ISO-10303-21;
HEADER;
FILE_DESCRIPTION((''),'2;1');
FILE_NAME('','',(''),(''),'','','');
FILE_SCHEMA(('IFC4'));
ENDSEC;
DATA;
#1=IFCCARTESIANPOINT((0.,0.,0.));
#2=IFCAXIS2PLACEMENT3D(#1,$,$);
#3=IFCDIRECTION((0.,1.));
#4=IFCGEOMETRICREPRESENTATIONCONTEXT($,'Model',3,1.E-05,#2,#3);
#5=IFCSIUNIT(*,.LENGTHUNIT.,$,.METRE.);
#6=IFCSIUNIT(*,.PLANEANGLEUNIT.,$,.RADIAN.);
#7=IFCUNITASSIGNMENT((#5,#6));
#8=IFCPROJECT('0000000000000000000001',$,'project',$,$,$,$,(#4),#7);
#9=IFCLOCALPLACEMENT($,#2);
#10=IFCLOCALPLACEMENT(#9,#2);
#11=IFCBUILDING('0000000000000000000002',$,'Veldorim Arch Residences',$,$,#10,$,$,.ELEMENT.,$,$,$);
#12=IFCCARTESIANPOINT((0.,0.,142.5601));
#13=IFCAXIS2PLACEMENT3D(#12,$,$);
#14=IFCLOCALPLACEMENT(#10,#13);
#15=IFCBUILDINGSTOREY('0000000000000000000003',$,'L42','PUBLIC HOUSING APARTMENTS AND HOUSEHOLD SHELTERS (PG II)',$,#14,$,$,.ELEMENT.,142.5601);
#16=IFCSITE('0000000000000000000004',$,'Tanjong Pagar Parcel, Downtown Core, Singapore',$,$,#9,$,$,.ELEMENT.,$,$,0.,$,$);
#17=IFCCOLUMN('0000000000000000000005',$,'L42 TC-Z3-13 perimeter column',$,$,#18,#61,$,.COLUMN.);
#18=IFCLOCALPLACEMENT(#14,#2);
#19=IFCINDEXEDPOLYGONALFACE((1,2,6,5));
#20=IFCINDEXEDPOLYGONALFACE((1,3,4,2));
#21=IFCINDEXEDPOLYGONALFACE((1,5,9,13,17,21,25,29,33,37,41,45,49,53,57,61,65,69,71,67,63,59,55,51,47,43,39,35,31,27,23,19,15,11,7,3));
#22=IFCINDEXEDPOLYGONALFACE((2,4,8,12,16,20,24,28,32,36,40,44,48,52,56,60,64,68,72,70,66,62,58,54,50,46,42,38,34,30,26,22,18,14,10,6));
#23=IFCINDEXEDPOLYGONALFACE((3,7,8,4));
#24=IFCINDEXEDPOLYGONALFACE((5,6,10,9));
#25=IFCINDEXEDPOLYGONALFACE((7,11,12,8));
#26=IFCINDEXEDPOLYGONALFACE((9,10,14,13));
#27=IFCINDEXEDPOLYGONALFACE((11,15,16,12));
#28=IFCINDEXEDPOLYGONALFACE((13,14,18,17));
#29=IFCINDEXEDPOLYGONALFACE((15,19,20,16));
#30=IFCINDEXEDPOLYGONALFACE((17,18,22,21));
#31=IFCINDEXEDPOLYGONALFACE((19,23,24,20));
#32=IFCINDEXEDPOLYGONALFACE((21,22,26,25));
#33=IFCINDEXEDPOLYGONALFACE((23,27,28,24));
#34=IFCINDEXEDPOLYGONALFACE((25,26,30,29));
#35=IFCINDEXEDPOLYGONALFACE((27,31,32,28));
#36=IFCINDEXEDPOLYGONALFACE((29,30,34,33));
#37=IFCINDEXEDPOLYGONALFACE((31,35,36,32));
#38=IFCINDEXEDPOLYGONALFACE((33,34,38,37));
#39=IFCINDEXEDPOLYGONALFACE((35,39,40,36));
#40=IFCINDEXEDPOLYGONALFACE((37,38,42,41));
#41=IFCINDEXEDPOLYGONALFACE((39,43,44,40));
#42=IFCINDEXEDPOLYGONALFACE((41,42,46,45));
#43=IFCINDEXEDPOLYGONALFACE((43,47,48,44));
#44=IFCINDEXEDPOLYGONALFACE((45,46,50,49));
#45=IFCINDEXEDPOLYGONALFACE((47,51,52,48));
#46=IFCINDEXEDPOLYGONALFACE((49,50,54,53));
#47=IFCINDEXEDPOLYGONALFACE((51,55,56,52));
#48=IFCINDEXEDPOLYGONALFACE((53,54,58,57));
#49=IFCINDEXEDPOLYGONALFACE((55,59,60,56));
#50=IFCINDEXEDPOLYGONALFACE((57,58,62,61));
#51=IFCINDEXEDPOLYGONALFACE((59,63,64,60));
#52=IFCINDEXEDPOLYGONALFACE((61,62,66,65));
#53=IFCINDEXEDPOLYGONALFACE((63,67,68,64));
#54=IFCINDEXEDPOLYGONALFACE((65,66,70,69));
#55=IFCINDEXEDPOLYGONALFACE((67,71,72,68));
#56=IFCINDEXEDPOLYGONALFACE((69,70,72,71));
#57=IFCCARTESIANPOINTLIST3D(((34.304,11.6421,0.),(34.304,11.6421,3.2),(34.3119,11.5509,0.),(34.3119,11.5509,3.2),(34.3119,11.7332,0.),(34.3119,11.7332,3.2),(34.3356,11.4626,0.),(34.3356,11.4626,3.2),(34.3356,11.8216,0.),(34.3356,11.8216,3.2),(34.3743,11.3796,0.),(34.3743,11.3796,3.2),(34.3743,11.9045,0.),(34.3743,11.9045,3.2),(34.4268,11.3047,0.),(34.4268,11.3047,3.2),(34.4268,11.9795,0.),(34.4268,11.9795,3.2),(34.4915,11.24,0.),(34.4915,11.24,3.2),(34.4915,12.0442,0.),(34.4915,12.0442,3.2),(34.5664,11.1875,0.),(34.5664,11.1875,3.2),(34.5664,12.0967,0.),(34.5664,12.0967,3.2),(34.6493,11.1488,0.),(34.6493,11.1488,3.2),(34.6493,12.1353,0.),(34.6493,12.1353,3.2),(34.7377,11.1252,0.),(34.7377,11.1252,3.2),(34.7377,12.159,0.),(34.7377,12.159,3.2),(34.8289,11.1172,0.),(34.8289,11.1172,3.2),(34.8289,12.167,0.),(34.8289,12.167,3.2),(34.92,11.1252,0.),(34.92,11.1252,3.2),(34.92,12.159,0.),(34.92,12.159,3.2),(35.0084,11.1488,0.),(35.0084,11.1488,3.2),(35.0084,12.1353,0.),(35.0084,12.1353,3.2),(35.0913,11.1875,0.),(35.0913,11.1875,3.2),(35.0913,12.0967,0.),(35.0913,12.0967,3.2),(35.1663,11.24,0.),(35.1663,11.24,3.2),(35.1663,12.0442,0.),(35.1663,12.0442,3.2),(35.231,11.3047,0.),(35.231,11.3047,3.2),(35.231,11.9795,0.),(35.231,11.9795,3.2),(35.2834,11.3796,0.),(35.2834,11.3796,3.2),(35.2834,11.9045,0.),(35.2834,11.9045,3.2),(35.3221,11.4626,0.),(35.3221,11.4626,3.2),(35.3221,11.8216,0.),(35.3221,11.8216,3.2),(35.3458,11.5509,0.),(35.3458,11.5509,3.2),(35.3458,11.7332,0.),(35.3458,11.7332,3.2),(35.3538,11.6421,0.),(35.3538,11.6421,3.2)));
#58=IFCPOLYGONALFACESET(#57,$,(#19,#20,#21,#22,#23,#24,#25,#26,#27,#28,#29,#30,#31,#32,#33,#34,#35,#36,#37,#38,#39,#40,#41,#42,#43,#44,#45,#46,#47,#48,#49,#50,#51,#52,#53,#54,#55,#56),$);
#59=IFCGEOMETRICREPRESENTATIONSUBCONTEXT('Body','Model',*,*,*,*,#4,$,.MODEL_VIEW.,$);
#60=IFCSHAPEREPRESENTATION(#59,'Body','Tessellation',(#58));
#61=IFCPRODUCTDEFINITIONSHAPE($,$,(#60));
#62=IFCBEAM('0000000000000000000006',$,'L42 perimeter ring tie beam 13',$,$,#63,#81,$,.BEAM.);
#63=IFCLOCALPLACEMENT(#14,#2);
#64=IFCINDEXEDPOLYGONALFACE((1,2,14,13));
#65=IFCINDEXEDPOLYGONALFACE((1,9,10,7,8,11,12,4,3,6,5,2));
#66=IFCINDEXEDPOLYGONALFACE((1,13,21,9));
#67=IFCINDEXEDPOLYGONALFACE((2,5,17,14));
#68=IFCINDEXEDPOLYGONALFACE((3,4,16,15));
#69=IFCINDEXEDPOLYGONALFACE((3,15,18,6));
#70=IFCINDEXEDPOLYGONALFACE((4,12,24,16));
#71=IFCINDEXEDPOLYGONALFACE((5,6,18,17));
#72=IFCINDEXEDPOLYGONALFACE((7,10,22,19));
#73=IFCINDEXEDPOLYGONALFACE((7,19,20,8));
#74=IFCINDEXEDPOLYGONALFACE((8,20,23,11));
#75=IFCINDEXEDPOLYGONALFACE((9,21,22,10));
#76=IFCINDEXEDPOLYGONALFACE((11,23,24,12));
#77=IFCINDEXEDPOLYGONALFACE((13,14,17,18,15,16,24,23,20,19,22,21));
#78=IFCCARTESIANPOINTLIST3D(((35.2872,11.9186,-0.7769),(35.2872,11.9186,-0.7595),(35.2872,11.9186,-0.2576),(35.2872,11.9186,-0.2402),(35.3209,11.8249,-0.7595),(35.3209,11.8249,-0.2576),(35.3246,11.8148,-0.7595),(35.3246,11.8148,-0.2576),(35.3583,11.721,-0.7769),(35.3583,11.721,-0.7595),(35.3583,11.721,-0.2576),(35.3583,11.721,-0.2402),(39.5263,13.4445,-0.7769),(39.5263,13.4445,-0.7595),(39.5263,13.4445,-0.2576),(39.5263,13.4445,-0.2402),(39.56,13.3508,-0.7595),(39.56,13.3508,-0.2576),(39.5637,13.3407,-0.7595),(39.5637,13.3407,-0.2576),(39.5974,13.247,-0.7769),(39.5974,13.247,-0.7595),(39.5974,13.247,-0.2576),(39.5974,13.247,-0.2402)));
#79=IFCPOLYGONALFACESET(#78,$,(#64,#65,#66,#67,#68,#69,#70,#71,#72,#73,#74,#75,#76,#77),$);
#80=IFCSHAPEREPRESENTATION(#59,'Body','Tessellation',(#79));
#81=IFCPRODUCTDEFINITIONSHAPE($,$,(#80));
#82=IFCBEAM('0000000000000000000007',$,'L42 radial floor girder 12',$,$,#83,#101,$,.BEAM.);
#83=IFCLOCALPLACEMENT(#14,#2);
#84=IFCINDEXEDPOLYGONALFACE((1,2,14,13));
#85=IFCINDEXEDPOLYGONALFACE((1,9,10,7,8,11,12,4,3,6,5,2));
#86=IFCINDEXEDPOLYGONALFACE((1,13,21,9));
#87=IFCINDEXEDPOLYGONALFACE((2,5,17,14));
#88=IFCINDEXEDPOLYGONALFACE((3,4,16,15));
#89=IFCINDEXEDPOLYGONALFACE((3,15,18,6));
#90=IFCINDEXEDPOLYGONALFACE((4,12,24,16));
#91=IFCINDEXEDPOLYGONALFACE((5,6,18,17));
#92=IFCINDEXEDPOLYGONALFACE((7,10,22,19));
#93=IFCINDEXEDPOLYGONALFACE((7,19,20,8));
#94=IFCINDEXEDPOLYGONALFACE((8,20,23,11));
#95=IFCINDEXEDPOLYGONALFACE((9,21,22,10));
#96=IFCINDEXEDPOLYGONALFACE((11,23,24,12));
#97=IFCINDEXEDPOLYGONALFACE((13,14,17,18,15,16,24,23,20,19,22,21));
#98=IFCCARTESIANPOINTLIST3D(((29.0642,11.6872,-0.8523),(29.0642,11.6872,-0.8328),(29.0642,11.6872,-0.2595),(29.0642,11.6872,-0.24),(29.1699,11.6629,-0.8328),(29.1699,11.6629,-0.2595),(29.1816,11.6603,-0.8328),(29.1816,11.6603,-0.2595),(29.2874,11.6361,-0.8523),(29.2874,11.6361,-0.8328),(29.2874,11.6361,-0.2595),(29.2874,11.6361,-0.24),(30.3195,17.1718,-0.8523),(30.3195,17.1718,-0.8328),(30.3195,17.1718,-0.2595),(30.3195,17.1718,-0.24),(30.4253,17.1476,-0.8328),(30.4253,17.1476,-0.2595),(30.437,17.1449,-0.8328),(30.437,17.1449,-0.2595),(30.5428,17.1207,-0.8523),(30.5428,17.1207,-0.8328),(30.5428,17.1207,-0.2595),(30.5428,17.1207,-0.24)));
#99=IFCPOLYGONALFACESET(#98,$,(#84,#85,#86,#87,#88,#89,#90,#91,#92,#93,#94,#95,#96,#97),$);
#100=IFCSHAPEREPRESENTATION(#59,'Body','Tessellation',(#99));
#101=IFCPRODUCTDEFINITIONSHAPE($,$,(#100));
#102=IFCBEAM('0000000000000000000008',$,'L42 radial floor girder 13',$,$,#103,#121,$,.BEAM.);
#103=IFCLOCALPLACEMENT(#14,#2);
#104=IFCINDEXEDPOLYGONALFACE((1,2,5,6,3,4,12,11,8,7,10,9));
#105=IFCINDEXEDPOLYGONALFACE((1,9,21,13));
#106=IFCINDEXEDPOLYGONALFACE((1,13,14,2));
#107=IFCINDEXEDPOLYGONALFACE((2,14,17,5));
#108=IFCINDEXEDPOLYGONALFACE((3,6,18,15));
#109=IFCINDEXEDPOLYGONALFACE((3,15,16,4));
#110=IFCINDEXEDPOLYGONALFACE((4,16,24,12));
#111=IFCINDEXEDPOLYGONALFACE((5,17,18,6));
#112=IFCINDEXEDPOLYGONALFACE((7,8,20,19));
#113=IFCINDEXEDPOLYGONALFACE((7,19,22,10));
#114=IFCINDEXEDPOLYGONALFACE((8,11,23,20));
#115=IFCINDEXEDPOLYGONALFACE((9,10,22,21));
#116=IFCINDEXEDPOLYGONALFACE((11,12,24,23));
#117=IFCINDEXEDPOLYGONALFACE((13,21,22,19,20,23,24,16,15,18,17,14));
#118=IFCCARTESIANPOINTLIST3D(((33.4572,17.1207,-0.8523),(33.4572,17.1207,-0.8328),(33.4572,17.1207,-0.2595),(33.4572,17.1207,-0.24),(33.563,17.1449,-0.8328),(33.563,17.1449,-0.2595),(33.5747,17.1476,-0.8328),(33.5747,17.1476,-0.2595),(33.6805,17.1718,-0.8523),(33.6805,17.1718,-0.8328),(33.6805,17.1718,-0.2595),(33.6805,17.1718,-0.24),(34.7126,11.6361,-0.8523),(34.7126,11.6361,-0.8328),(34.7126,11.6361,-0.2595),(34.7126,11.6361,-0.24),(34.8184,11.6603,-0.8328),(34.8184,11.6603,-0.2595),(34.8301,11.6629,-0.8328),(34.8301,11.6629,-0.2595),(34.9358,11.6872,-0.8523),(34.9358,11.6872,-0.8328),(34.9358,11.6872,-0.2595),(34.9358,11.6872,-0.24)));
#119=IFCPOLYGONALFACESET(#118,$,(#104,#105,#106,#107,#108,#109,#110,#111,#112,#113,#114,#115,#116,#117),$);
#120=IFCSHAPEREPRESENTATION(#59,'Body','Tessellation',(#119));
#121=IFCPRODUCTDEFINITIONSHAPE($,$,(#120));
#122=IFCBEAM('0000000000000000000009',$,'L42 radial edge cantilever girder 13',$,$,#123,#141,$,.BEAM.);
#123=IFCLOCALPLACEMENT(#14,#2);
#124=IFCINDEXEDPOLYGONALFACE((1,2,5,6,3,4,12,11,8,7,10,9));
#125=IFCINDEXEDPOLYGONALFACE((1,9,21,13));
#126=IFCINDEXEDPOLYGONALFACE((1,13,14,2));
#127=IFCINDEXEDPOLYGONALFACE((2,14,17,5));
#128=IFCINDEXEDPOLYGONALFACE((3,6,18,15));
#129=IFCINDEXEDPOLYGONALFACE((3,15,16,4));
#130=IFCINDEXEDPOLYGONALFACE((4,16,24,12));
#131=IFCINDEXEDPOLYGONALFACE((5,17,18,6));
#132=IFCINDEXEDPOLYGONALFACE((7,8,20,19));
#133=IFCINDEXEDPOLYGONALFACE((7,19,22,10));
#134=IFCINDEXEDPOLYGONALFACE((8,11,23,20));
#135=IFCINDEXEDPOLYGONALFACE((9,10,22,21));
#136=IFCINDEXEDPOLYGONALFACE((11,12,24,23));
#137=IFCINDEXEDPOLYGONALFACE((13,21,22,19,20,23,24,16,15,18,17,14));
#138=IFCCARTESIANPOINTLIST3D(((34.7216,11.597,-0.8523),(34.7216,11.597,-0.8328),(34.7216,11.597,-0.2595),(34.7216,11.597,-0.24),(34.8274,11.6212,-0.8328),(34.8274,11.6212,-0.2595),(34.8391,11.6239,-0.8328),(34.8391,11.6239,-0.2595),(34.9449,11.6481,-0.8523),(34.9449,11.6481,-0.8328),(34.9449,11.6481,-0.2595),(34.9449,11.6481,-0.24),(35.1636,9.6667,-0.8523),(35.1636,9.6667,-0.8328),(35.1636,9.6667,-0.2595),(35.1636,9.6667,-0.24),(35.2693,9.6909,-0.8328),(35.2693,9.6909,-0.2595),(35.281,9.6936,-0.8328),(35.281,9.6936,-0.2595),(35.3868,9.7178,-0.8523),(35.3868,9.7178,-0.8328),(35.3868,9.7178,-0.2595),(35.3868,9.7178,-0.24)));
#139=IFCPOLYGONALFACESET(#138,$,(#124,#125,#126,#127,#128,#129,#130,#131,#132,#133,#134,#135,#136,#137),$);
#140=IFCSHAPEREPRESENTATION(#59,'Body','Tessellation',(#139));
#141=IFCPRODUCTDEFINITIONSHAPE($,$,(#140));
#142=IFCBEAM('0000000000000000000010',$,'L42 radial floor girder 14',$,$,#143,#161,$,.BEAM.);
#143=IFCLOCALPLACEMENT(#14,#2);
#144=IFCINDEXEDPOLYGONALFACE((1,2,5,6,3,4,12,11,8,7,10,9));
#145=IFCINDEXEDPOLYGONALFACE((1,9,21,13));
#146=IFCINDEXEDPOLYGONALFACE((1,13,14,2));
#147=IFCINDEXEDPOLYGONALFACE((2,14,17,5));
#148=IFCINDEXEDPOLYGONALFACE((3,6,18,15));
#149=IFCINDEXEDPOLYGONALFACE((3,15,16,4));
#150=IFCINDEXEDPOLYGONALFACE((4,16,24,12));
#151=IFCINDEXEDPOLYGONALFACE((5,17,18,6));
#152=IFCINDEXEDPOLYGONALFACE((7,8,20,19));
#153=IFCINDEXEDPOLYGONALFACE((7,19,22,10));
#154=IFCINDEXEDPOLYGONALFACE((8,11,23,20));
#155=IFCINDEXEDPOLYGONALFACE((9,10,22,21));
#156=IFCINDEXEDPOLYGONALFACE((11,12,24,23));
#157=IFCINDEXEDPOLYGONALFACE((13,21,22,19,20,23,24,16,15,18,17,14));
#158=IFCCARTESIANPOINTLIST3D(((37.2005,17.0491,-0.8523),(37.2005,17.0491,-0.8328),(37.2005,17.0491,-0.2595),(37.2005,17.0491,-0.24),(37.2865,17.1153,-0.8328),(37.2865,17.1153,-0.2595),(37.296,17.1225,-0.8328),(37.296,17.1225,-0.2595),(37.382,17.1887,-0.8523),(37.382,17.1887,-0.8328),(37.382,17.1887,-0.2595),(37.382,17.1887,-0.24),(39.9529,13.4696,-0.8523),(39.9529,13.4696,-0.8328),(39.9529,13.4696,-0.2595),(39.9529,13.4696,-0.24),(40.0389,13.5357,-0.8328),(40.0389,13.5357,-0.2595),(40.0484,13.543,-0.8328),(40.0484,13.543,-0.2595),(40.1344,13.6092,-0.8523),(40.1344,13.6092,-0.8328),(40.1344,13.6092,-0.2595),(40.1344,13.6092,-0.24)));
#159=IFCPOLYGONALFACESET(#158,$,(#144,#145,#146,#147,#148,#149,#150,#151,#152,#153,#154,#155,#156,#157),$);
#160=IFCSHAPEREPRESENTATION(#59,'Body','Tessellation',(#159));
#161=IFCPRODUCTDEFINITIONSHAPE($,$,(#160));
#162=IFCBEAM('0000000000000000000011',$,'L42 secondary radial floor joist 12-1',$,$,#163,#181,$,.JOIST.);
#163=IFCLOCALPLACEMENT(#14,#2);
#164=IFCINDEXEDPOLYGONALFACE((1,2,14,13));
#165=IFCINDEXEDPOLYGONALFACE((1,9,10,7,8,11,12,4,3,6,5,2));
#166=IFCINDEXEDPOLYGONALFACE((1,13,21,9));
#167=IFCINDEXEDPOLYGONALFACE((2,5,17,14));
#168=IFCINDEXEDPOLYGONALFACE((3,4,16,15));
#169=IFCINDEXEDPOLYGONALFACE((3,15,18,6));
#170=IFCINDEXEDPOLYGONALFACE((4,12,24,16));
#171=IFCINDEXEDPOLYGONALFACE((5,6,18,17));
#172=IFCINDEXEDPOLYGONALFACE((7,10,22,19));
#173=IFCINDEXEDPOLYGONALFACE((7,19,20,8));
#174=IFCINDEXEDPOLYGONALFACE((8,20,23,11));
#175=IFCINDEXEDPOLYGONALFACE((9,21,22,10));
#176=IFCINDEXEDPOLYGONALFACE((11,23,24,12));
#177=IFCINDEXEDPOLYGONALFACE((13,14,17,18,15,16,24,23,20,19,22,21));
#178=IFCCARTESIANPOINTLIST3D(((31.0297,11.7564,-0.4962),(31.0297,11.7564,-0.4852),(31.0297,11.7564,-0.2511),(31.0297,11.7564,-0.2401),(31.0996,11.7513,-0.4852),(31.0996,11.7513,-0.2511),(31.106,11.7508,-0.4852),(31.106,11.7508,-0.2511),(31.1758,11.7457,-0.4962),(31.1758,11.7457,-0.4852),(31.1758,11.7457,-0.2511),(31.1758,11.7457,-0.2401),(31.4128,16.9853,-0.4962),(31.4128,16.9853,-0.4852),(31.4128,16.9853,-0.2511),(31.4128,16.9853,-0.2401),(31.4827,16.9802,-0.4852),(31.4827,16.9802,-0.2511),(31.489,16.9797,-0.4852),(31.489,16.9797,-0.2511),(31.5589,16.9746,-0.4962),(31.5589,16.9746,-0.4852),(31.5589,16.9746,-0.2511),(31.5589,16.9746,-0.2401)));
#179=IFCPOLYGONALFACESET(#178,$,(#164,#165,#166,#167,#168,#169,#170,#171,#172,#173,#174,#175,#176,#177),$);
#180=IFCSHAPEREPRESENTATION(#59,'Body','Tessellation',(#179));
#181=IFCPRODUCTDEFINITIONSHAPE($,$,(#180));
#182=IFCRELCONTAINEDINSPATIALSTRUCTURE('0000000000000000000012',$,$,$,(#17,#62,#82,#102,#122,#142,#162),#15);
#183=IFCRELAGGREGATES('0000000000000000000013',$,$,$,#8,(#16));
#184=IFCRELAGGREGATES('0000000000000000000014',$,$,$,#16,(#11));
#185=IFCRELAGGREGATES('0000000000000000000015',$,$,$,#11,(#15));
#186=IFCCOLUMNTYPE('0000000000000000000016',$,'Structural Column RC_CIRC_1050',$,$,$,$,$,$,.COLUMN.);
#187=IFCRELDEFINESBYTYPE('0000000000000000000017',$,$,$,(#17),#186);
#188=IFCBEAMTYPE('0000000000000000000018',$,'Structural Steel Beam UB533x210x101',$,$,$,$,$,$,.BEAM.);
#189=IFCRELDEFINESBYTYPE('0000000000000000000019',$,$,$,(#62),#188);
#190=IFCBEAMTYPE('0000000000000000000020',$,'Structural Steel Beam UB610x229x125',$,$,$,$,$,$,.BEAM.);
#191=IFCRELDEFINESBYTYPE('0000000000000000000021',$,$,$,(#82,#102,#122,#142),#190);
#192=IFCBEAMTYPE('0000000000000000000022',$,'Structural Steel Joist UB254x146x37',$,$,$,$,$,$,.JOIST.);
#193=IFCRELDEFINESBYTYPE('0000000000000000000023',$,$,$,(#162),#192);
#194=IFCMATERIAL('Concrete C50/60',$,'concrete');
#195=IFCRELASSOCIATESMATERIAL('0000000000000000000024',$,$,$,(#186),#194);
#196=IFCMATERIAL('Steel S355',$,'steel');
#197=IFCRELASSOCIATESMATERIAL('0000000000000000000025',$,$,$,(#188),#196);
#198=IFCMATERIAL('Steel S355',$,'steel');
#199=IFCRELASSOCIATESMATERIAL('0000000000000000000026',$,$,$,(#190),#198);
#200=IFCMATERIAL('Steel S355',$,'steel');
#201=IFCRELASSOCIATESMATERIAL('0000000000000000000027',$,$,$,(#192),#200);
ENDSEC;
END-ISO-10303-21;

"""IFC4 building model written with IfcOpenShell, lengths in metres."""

from ifc_helpers import new_model, si_unit, direction, frame, origin, origin_2d, place, context, subcontext, project, spatial, circle, i_section, extrude, material, material_profile, profile_set, type_object, element, save


model = new_model("IFC4")

# Units and contexts
model_context = context("Model", 3, precision=1e-05, world=origin(), true_north=direction((0.0, 1.0)))
body_context = subcontext(model_context, "Body", "Model", "MODEL_VIEW")
ifc_project = project(units=[si_unit("LENGTHUNIT", "METRE"), si_unit("PLANEANGLEUNIT", "RADIAN")], contexts=[model_context])

# Site, building, storey
site_placement = place(None, origin())
site = spatial("IfcSite", under=ifc_project, at=site_placement, Name="Tanjong Pagar Parcel, Downtown Core, Singapore", CompositionType="ELEMENT", RefElevation=0.0)
building_placement = place(site_placement, origin())
building = spatial("IfcBuilding", under=site, at=building_placement, Name="Veldorim Arch Residences", CompositionType="ELEMENT")
storey_placement = place(building_placement, frame((0.0, 0.0, 142.5601)))
storey = spatial("IfcBuildingStorey", under=building, at=storey_placement, Name="L42", Description="PUBLIC HOUSING APARTMENTS AND HOUSEHOLD SHELTERS (PG II)", CompositionType="ELEMENT", Elevation=142.5601)

# Column
ifc_material_1 = material(Name="Concrete C50/60", Category="concrete")
ifc_material_profile_1 = material_profile(ifc_material_1, circle(Radius=0.5249, at=origin_2d()), Name="RC_CIRC_1050")
ifc_profile_set_1 = profile_set([ifc_material_profile_1], Name="Concrete C50/60")
column_type = type_object("IfcColumnType", Name="Structural Column RC_CIRC_1050", PredefinedType="COLUMN", material=ifc_profile_set_1)
column_placement = place(storey_placement, frame((34.8289, 11.6421, 0.0), z_axis=(0.0, 0.0, 1.0), x_axis=(1.0, 0.0, 0.0)))
element("IfcColumn", 1, at=column_placement, inside=storey, type_object=column_type, Name="L42 TC-Z3-13 perimeter column", PredefinedType="COLUMN", context=body_context, shape_type="SweptSolid", body=[
    extrude(circle(Radius=0.5249, at=origin_2d()), origin(), (0.0, 0.0, 1.0), 3.2),
])

# Beams
ifc_material_2 = material(Name="Steel S355", Category="steel")
ifc_material_profile_2 = material_profile(ifc_material_2, i_section(OverallWidth=0.21, OverallDepth=0.5366, WebThickness=0.0107, FlangeThickness=0.0173, at=origin_2d()), Name="UB533x210x101")
ifc_profile_set_2 = profile_set([ifc_material_profile_2], Name="Steel S355")
beam_type_1 = type_object("IfcBeamType", Name="Structural Steel Beam UB533x210x101", PredefinedType="BEAM", material=ifc_profile_set_2)
beam_1_placement = place(storey_placement, frame((35.3228, 11.8198, -0.5085), z_axis=(0.940899, 0.338687, 0.0), x_axis=(-0.338687, 0.940899, 0.0)))
element("IfcBeam", 2, at=beam_1_placement, inside=storey, type_object=beam_type_1, Name="L42 perimeter ring tie beam 13", PredefinedType="BEAM", context=body_context, shape_type="SweptSolid", body=[
    extrude(i_section(OverallWidth=0.21, OverallDepth=0.5366, WebThickness=0.0107, FlangeThickness=0.0173, at=origin_2d()), origin(), (0.0, 0.0, 1.0), 4.5054),
])
ifc_material_3 = material(Name="Steel S355", Category="steel")
ifc_material_profile_3 = material_profile(ifc_material_3, i_section(OverallWidth=0.229, OverallDepth=0.6123, WebThickness=0.012, FlangeThickness=0.0195, at=origin_2d()), Name="UB610x229x125")
ifc_profile_set_3 = profile_set([ifc_material_profile_3], Name="Steel S355")
beam_type_2 = type_object("IfcBeamType", Name="Structural Steel Beam UB610x229x125", PredefinedType="BEAM", material=ifc_profile_set_3)
for number, where, z_axis, x_axis, name in (
    (3, (30.4312, 17.1462, -0.5461), (-0.223119, -0.974791, 0.0), (0.974791, -0.223119, 0.0), "L42 radial floor girder 12"),
    (4, (33.5688, 17.1462, -0.5461), (0.223119, -0.974791, 0.0), (0.974791, 0.223119, 0.0), "L42 radial floor girder 13"),
):
    element("IfcBeam", number, at=place(storey_placement, frame(where, z_axis=z_axis, x_axis=x_axis)), inside=storey, type_object=beam_type_2, Name=name, PredefinedType="BEAM", context=body_context, shape_type="SweptSolid", body=[
        extrude(i_section(OverallWidth=0.229, OverallDepth=0.6123, WebThickness=0.012, FlangeThickness=0.0195, at=origin_2d()), origin(), (0.0, 0.0, 1.0), 5.6265),
    ])
beam_2_placement = place(storey_placement, frame((34.8333, 11.6226, -0.5461), z_axis=(0.223166, -0.97478, 0.0), x_axis=(0.97478, 0.223166, 0.0)))
element("IfcBeam", 5, at=beam_2_placement, inside=storey, type_object=beam_type_2, Name="L42 radial edge cantilever girder 13", PredefinedType="BEAM", context=body_context, shape_type="SweptSolid", body=[
    extrude(i_section(OverallWidth=0.229, OverallDepth=0.6123, WebThickness=0.012, FlangeThickness=0.0195, at=origin_2d()), origin(), (0.0, 0.0, 1.0), 1.9802),
])
beam_3_placement = place(storey_placement, frame((37.2913, 17.1189, -0.5461), z_axis=(0.609559, -0.792741, 0.0), x_axis=(0.792741, 0.609559, 0.0)))
element("IfcBeam", 6, at=beam_3_placement, inside=storey, type_object=beam_type_2, Name="L42 radial floor girder 14", PredefinedType="BEAM", context=body_context, shape_type="SweptSolid", body=[
    extrude(i_section(OverallWidth=0.229, OverallDepth=0.6123, WebThickness=0.012, FlangeThickness=0.0195, at=origin_2d()), origin(), (0.0, 0.0, 1.0), 4.5154),
])
ifc_material_4 = material(Name="Steel S355", Category="steel")
ifc_material_profile_4 = material_profile(ifc_material_4, i_section(OverallWidth=0.1465, OverallDepth=0.2561, WebThickness=0.0063, FlangeThickness=0.011, at=origin_2d()), Name="UB254x146x37")
ifc_profile_set_4 = profile_set([ifc_material_profile_4], Name="Steel S355")
beam_type_3 = type_object("IfcBeamType", Name="Structural Steel Joist UB254x146x37", PredefinedType="JOIST", material=ifc_profile_set_4)
for number, where, z_axis, x_axis, name in (
    (7, (31.4858, 16.98, -0.3682), (-0.07306, -0.997328, 0.0), (0.997328, -0.07306, 0.0), "L42 secondary radial floor joist 12-1"),
):
    element("IfcBeam", number, at=place(storey_placement, frame(where, z_axis=z_axis, x_axis=x_axis)), inside=storey, type_object=beam_type_3, Name=name, PredefinedType="JOIST", context=body_context, shape_type="SweptSolid", body=[
        extrude(i_section(OverallWidth=0.1465, OverallDepth=0.2561, WebThickness=0.0063, FlangeThickness=0.011, at=origin_2d()), origin(), (0.0, 0.0, 1.0), 5.2429),
    ])

save(model, "model.ifc")
